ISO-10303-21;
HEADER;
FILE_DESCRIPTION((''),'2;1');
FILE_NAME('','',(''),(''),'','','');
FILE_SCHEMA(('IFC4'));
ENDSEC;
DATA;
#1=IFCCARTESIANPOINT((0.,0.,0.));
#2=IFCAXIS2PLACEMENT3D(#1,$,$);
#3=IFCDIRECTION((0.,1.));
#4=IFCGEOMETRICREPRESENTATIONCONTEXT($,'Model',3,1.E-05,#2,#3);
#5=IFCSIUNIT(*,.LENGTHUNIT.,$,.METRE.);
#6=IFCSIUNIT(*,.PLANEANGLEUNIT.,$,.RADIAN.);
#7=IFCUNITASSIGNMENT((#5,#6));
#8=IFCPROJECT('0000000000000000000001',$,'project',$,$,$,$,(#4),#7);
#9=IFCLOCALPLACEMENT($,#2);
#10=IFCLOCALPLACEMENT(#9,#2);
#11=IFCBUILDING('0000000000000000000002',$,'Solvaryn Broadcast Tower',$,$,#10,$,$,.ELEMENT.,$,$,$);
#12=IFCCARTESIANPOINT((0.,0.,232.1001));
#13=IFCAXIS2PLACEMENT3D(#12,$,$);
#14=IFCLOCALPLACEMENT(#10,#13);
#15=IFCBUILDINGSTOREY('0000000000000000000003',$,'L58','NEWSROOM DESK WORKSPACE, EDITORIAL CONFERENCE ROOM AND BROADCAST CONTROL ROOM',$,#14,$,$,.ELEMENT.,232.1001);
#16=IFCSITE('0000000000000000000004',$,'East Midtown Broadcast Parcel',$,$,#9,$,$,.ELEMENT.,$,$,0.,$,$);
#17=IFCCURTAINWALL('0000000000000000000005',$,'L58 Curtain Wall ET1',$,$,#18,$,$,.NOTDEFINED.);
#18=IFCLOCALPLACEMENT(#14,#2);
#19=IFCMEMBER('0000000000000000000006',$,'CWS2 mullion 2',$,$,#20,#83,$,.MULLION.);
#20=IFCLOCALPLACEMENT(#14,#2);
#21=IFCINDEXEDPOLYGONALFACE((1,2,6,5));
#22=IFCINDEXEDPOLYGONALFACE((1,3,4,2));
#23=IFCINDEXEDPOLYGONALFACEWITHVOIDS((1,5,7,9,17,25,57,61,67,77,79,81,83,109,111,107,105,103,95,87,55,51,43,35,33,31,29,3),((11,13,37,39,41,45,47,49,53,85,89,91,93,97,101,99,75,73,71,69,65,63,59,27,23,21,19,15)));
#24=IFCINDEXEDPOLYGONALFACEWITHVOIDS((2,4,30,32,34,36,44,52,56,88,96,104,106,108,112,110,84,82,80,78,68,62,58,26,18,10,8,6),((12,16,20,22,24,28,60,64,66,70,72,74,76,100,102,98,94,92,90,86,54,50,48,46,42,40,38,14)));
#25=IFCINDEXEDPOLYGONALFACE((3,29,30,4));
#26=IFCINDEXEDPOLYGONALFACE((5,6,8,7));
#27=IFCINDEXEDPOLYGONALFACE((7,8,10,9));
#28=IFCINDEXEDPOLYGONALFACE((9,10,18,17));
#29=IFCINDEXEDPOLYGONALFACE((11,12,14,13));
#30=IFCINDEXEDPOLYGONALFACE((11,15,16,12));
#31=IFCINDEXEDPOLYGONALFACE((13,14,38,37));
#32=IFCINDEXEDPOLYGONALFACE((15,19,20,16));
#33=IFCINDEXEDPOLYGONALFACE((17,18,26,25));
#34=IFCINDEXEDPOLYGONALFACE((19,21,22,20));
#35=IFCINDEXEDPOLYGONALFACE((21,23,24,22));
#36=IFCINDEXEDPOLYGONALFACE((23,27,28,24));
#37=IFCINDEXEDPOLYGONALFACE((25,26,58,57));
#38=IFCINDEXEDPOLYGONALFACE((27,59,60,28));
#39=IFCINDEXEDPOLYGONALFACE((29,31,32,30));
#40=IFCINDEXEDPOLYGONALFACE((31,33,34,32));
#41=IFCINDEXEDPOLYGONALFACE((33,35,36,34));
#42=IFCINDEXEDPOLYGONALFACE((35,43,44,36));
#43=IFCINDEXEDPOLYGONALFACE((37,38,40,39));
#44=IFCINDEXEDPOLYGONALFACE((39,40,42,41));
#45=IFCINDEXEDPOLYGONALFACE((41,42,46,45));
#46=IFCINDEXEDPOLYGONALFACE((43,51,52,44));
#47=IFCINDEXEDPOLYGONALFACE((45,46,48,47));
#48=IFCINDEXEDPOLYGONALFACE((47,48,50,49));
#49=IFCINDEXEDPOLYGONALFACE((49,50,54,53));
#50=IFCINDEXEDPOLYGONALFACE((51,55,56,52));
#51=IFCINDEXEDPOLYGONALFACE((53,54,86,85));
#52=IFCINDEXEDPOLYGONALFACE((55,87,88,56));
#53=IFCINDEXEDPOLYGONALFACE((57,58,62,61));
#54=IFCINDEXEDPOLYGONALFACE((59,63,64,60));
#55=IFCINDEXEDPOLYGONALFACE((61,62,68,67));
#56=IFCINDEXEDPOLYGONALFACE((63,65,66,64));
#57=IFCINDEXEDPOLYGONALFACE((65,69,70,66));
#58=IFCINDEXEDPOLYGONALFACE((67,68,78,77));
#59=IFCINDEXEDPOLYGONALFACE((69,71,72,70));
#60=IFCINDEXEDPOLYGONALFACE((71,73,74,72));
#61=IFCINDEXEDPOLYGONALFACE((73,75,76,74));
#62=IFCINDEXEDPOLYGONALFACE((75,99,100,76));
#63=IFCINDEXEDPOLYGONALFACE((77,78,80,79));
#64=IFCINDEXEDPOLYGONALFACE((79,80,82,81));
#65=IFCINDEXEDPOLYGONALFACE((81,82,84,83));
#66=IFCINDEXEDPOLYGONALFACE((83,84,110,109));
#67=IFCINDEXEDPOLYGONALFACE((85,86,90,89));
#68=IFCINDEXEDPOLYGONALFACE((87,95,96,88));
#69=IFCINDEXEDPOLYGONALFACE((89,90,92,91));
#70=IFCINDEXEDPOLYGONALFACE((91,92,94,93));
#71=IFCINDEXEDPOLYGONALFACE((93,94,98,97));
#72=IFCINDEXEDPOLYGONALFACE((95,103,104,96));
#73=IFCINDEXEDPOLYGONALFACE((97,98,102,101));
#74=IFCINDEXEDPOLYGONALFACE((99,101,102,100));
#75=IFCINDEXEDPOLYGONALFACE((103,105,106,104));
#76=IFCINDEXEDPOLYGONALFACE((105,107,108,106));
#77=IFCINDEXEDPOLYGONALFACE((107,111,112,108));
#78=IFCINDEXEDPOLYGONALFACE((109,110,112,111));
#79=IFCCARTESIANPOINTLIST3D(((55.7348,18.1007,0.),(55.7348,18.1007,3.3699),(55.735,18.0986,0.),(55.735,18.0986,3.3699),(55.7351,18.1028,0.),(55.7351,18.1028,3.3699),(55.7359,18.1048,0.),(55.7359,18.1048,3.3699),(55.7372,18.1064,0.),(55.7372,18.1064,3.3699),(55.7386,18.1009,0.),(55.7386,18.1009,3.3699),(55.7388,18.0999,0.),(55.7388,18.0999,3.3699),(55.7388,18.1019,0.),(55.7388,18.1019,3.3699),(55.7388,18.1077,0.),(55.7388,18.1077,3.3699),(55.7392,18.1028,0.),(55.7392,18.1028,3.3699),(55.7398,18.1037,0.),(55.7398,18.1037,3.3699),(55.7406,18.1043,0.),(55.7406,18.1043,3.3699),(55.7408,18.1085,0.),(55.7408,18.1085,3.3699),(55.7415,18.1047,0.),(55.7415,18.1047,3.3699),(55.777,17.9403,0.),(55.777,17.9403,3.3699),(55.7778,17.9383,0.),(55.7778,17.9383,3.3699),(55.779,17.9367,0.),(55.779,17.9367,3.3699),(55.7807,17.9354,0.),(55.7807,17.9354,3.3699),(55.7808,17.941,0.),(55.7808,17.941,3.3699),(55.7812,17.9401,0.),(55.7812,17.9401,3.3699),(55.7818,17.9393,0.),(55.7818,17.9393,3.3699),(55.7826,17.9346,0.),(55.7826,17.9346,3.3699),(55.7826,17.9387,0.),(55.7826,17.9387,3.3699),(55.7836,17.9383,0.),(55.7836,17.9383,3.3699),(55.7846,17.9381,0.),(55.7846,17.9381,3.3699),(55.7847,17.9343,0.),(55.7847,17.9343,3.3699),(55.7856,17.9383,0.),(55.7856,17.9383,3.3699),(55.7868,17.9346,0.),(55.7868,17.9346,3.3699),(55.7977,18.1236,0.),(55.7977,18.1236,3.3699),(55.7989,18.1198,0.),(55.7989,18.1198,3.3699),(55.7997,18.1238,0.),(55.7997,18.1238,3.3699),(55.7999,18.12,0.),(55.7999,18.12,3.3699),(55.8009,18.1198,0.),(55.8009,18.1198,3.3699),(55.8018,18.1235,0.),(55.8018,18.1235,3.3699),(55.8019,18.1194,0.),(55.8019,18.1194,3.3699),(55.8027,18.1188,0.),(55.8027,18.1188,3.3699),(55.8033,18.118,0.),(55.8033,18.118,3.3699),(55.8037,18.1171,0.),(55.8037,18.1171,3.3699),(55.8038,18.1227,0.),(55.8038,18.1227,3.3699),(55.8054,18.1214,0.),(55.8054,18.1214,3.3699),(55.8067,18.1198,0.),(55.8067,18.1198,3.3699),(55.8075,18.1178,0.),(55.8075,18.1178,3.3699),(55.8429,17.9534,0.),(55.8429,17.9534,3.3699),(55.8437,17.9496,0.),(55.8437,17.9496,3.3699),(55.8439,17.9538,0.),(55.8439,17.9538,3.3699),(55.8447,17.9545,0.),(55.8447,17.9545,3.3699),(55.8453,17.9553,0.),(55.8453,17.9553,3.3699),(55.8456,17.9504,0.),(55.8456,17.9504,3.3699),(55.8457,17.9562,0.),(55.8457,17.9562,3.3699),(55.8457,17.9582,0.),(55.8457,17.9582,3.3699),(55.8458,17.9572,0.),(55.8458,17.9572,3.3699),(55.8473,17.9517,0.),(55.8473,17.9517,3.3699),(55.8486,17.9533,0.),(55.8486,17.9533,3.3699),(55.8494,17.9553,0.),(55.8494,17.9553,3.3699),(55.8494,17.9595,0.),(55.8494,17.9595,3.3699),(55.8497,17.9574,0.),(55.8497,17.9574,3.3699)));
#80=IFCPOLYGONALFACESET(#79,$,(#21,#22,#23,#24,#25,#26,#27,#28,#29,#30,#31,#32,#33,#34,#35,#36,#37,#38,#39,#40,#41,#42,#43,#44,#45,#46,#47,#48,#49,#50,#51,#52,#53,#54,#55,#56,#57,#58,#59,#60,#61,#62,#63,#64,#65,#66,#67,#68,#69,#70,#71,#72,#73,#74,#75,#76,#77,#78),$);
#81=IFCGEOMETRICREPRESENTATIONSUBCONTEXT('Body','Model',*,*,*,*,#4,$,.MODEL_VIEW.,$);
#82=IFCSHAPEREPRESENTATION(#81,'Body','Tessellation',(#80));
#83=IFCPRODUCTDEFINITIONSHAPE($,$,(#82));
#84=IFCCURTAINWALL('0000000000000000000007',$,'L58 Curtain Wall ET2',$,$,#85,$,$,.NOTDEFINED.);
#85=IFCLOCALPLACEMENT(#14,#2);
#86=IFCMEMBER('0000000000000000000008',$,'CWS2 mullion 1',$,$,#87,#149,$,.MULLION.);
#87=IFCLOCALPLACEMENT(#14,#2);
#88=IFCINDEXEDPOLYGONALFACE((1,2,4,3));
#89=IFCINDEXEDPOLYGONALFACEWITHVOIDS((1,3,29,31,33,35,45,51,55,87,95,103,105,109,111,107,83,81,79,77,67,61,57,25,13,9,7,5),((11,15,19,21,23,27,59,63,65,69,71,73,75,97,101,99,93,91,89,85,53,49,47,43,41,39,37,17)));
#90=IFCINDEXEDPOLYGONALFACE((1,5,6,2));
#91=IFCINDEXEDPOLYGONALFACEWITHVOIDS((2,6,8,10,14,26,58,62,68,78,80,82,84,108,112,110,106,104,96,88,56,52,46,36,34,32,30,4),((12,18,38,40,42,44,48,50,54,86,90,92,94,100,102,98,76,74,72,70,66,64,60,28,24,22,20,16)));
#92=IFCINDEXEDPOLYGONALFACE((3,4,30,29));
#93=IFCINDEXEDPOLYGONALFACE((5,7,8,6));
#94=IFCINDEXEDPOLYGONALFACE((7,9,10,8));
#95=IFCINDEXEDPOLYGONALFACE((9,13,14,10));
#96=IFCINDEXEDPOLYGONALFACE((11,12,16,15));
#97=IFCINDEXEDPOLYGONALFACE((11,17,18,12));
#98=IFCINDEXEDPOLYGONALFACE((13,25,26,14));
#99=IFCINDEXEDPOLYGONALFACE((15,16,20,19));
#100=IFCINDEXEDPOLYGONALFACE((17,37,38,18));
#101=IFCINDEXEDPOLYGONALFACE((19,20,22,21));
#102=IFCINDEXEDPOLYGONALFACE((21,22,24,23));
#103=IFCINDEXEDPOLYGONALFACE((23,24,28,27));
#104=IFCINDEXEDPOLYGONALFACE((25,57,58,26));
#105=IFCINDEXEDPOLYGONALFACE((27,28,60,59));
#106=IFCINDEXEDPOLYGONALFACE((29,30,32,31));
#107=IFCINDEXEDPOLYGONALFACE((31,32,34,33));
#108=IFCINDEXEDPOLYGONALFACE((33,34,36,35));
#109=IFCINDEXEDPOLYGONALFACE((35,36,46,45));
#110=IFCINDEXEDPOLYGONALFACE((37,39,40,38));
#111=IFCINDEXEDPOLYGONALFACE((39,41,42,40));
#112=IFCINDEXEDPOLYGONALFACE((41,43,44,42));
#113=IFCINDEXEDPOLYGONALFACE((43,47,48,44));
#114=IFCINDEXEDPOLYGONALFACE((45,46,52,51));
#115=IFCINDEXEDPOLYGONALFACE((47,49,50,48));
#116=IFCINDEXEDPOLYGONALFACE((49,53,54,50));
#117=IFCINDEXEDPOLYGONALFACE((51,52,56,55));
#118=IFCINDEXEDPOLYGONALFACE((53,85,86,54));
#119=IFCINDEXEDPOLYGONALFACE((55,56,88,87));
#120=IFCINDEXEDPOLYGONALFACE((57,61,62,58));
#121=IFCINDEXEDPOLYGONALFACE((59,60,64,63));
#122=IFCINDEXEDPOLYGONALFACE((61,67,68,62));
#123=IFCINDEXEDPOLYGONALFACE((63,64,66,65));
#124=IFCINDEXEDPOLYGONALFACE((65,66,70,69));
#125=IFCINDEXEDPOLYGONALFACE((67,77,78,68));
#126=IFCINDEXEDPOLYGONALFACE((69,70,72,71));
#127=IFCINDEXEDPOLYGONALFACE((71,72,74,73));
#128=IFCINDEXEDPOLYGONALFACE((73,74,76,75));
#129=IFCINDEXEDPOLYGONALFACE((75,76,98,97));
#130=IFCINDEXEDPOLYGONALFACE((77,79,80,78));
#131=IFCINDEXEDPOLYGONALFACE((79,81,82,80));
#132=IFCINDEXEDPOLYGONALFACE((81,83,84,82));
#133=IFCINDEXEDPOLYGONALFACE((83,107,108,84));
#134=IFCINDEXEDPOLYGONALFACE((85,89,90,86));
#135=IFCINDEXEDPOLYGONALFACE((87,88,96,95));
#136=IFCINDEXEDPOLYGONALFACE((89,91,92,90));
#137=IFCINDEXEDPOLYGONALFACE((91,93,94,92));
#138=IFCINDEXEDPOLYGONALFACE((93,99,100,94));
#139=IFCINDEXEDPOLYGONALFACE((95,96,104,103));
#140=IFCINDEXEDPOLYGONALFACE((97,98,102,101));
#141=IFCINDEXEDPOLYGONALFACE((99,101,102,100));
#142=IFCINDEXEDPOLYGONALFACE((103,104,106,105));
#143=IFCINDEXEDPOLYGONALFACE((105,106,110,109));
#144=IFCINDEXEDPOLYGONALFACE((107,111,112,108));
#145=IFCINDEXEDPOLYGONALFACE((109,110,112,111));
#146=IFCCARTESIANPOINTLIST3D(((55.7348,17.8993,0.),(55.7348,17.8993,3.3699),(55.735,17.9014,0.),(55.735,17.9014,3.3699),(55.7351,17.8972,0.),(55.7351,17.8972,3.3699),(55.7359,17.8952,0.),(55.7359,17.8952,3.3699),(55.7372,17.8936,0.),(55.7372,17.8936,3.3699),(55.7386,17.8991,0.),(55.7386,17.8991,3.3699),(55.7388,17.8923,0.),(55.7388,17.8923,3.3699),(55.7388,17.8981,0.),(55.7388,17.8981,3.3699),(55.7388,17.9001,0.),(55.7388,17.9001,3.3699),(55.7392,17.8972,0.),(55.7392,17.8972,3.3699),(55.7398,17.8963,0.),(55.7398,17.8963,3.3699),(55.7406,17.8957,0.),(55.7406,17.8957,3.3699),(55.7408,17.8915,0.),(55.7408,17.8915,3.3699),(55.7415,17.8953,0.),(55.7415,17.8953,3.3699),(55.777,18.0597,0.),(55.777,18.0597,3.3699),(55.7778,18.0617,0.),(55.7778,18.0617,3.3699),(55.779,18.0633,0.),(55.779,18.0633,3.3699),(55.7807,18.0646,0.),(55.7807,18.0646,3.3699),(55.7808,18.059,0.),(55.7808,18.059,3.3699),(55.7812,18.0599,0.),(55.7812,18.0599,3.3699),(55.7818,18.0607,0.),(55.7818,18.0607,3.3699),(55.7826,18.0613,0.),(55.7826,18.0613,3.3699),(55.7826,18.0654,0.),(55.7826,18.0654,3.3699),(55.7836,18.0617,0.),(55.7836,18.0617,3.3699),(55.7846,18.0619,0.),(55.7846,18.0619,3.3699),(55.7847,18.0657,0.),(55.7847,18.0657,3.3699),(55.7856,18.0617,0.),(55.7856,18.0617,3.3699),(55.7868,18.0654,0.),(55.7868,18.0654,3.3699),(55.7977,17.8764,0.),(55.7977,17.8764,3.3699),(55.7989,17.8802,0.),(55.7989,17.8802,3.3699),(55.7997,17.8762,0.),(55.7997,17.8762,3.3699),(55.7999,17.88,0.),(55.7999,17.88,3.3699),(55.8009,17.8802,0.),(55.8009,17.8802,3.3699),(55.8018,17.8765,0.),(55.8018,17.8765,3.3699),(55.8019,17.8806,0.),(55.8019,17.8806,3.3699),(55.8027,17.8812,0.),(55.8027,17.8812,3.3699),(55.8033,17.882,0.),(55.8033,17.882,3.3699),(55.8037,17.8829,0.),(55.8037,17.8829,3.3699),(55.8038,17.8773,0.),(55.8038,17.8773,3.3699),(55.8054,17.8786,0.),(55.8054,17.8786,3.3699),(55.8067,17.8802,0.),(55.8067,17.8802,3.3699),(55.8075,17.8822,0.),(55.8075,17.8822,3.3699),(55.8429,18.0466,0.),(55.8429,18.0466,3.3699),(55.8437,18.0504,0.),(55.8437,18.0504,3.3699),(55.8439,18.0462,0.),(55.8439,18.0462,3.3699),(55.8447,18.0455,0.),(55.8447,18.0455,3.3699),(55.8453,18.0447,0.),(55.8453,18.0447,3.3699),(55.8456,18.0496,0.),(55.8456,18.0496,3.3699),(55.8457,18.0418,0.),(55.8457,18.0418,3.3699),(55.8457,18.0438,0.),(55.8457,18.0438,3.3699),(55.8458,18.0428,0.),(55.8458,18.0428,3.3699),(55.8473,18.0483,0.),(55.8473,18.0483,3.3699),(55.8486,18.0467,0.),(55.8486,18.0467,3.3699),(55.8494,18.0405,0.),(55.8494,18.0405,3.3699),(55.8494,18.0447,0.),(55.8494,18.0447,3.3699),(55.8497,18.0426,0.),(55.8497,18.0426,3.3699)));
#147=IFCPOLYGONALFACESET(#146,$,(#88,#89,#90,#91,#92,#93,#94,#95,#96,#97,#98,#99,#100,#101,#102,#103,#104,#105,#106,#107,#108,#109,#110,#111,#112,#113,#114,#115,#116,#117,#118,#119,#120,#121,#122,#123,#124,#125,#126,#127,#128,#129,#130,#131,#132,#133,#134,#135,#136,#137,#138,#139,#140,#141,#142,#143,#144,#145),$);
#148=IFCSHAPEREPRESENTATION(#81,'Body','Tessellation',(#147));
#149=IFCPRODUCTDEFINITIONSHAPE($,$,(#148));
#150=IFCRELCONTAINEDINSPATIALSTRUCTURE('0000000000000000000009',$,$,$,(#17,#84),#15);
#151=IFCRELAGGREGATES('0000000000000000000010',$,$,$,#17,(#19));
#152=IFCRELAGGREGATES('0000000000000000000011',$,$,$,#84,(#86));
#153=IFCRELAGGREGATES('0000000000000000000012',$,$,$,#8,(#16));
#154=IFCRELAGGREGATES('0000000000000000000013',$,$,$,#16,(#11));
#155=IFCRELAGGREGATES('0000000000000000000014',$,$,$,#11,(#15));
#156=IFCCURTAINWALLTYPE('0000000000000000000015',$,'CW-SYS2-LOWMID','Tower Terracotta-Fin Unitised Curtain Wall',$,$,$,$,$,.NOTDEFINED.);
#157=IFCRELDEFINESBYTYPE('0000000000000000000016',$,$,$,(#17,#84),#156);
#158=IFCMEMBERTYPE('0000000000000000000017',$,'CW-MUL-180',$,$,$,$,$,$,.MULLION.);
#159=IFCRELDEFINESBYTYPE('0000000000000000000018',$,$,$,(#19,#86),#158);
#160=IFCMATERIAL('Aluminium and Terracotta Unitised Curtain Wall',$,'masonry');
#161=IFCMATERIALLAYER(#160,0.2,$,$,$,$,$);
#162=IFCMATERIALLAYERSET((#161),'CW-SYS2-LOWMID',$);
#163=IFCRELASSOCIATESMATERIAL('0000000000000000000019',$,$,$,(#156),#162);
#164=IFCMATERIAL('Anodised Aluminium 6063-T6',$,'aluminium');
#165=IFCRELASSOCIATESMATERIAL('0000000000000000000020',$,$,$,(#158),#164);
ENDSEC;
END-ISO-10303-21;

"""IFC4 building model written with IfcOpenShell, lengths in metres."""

from ifc_helpers import new_model, si_unit, direction, frame, origin, origin_2d, place, context, subcontext, project, spatial, hollow_rectangle, extrude, material, layer, layer_set, material_profile, profile_set, type_object, element, aggregate, save


model = new_model("IFC4")

# Units and contexts
model_context = context("Model", 3, precision=1e-05, world=origin(), true_north=direction((0.0, 1.0)))
body_context = subcontext(model_context, "Body", "Model", "MODEL_VIEW")
ifc_project = project(units=[si_unit("LENGTHUNIT", "METRE"), si_unit("PLANEANGLEUNIT", "RADIAN")], contexts=[model_context])

# Site, building, storey
site_placement = place(None, origin())
site = spatial("IfcSite", under=ifc_project, at=site_placement, Name="East Midtown Broadcast Parcel", CompositionType="ELEMENT", RefElevation=0.0)
building_placement = place(site_placement, origin())
building = spatial("IfcBuilding", under=site, at=building_placement, Name="Solvaryn Broadcast Tower", CompositionType="ELEMENT")
storey_placement = place(building_placement, frame((0.0, 0.0, 232.1001)))
storey = spatial("IfcBuildingStorey", under=building, at=storey_placement, Name="L58", Description="NEWSROOM DESK WORKSPACE, EDITORIAL CONFERENCE ROOM AND BROADCAST CONTROL ROOM", CompositionType="ELEMENT", Elevation=232.1001)

# Curtain wall, member
ifc_material_1 = material(Name="Aluminium and Terracotta Unitised Curtain Wall", Category="masonry")
ifc_layer_1 = layer(ifc_material_1, 0.2)
ifc_layer_set_1 = layer_set([ifc_layer_1], Name="CW-SYS2-LOWMID")
curtain_wall_type = type_object("IfcCurtainWallType", Name="CW-SYS2-LOWMID", Description="Tower Terracotta-Fin Unitised Curtain Wall", PredefinedType="NOTDEFINED", material=ifc_layer_set_1)
ifc_material_2 = material(Name="Anodised Aluminium 6063-T6", Category="aluminium")
ifc_material_profile_1 = material_profile(ifc_material_2, hollow_rectangle(XDim=0.075, YDim=0.1799, WallThickness=0.0039, InnerFilletRadius=0.0039, OuterFilletRadius=0.0081, at=origin_2d()))
ifc_profile_set_1 = profile_set([ifc_material_profile_1], Name="Anodised Aluminium 6063-T6")
member_type_1 = type_object("IfcMemberType", Name="CW-MUL-180", PredefinedType="MULLION", material=ifc_profile_set_1)
curtain_wall_1_placement = place(storey_placement, origin())
curtain_wall_1 = element("IfcCurtainWall", 1, at=curtain_wall_1_placement, inside=storey, type_object=curtain_wall_type, Name="L58 Curtain Wall ET1", PredefinedType="NOTDEFINED")
member_1_placement = place(storey_placement, frame((55.7922, 18.0291, 0.0), z_axis=(0.0, 0.0, 1.0), x_axis=(0.966705, 0.255893, 0.0)))
member_1 = element("IfcMember", 2, at=member_1_placement, type_object=member_type_1, Name="CWS2 mullion 2", PredefinedType="MULLION", context=body_context, shape_type="SweptSolid", body=[
    extrude(hollow_rectangle(XDim=0.075, YDim=0.1799, WallThickness=0.0039, InnerFilletRadius=0.0039, OuterFilletRadius=0.0081, at=origin_2d()), origin(), (0.0, 0.0, 1.0), 3.3699),
])
aggregate(curtain_wall_1, [member_1])

# Curtain wall, member
curtain_wall_2_placement = place(storey_placement, origin())
curtain_wall_2 = element("IfcCurtainWall", 3, at=curtain_wall_2_placement, inside=storey, type_object=curtain_wall_type, Name="L58 Curtain Wall ET2", PredefinedType="NOTDEFINED")
member_2_placement = place(storey_placement, frame((55.7922, 17.9709, 0.0), z_axis=(0.0, 0.0, 1.0), x_axis=(0.966705, -0.255893, 0.0)))
member_2 = element("IfcMember", 4, at=member_2_placement, type_object=member_type_1, Name="CWS2 mullion 1", PredefinedType="MULLION", context=body_context, shape_type="SweptSolid", body=[
    extrude(hollow_rectangle(XDim=0.075, YDim=0.1799, WallThickness=0.0039, InnerFilletRadius=0.0039, OuterFilletRadius=0.0081, at=origin_2d()), origin(), (0.0, 0.0, 1.0), 3.3699),
])

aggregate(curtain_wall_2, [member_2])

save(model, "model.ifc")
